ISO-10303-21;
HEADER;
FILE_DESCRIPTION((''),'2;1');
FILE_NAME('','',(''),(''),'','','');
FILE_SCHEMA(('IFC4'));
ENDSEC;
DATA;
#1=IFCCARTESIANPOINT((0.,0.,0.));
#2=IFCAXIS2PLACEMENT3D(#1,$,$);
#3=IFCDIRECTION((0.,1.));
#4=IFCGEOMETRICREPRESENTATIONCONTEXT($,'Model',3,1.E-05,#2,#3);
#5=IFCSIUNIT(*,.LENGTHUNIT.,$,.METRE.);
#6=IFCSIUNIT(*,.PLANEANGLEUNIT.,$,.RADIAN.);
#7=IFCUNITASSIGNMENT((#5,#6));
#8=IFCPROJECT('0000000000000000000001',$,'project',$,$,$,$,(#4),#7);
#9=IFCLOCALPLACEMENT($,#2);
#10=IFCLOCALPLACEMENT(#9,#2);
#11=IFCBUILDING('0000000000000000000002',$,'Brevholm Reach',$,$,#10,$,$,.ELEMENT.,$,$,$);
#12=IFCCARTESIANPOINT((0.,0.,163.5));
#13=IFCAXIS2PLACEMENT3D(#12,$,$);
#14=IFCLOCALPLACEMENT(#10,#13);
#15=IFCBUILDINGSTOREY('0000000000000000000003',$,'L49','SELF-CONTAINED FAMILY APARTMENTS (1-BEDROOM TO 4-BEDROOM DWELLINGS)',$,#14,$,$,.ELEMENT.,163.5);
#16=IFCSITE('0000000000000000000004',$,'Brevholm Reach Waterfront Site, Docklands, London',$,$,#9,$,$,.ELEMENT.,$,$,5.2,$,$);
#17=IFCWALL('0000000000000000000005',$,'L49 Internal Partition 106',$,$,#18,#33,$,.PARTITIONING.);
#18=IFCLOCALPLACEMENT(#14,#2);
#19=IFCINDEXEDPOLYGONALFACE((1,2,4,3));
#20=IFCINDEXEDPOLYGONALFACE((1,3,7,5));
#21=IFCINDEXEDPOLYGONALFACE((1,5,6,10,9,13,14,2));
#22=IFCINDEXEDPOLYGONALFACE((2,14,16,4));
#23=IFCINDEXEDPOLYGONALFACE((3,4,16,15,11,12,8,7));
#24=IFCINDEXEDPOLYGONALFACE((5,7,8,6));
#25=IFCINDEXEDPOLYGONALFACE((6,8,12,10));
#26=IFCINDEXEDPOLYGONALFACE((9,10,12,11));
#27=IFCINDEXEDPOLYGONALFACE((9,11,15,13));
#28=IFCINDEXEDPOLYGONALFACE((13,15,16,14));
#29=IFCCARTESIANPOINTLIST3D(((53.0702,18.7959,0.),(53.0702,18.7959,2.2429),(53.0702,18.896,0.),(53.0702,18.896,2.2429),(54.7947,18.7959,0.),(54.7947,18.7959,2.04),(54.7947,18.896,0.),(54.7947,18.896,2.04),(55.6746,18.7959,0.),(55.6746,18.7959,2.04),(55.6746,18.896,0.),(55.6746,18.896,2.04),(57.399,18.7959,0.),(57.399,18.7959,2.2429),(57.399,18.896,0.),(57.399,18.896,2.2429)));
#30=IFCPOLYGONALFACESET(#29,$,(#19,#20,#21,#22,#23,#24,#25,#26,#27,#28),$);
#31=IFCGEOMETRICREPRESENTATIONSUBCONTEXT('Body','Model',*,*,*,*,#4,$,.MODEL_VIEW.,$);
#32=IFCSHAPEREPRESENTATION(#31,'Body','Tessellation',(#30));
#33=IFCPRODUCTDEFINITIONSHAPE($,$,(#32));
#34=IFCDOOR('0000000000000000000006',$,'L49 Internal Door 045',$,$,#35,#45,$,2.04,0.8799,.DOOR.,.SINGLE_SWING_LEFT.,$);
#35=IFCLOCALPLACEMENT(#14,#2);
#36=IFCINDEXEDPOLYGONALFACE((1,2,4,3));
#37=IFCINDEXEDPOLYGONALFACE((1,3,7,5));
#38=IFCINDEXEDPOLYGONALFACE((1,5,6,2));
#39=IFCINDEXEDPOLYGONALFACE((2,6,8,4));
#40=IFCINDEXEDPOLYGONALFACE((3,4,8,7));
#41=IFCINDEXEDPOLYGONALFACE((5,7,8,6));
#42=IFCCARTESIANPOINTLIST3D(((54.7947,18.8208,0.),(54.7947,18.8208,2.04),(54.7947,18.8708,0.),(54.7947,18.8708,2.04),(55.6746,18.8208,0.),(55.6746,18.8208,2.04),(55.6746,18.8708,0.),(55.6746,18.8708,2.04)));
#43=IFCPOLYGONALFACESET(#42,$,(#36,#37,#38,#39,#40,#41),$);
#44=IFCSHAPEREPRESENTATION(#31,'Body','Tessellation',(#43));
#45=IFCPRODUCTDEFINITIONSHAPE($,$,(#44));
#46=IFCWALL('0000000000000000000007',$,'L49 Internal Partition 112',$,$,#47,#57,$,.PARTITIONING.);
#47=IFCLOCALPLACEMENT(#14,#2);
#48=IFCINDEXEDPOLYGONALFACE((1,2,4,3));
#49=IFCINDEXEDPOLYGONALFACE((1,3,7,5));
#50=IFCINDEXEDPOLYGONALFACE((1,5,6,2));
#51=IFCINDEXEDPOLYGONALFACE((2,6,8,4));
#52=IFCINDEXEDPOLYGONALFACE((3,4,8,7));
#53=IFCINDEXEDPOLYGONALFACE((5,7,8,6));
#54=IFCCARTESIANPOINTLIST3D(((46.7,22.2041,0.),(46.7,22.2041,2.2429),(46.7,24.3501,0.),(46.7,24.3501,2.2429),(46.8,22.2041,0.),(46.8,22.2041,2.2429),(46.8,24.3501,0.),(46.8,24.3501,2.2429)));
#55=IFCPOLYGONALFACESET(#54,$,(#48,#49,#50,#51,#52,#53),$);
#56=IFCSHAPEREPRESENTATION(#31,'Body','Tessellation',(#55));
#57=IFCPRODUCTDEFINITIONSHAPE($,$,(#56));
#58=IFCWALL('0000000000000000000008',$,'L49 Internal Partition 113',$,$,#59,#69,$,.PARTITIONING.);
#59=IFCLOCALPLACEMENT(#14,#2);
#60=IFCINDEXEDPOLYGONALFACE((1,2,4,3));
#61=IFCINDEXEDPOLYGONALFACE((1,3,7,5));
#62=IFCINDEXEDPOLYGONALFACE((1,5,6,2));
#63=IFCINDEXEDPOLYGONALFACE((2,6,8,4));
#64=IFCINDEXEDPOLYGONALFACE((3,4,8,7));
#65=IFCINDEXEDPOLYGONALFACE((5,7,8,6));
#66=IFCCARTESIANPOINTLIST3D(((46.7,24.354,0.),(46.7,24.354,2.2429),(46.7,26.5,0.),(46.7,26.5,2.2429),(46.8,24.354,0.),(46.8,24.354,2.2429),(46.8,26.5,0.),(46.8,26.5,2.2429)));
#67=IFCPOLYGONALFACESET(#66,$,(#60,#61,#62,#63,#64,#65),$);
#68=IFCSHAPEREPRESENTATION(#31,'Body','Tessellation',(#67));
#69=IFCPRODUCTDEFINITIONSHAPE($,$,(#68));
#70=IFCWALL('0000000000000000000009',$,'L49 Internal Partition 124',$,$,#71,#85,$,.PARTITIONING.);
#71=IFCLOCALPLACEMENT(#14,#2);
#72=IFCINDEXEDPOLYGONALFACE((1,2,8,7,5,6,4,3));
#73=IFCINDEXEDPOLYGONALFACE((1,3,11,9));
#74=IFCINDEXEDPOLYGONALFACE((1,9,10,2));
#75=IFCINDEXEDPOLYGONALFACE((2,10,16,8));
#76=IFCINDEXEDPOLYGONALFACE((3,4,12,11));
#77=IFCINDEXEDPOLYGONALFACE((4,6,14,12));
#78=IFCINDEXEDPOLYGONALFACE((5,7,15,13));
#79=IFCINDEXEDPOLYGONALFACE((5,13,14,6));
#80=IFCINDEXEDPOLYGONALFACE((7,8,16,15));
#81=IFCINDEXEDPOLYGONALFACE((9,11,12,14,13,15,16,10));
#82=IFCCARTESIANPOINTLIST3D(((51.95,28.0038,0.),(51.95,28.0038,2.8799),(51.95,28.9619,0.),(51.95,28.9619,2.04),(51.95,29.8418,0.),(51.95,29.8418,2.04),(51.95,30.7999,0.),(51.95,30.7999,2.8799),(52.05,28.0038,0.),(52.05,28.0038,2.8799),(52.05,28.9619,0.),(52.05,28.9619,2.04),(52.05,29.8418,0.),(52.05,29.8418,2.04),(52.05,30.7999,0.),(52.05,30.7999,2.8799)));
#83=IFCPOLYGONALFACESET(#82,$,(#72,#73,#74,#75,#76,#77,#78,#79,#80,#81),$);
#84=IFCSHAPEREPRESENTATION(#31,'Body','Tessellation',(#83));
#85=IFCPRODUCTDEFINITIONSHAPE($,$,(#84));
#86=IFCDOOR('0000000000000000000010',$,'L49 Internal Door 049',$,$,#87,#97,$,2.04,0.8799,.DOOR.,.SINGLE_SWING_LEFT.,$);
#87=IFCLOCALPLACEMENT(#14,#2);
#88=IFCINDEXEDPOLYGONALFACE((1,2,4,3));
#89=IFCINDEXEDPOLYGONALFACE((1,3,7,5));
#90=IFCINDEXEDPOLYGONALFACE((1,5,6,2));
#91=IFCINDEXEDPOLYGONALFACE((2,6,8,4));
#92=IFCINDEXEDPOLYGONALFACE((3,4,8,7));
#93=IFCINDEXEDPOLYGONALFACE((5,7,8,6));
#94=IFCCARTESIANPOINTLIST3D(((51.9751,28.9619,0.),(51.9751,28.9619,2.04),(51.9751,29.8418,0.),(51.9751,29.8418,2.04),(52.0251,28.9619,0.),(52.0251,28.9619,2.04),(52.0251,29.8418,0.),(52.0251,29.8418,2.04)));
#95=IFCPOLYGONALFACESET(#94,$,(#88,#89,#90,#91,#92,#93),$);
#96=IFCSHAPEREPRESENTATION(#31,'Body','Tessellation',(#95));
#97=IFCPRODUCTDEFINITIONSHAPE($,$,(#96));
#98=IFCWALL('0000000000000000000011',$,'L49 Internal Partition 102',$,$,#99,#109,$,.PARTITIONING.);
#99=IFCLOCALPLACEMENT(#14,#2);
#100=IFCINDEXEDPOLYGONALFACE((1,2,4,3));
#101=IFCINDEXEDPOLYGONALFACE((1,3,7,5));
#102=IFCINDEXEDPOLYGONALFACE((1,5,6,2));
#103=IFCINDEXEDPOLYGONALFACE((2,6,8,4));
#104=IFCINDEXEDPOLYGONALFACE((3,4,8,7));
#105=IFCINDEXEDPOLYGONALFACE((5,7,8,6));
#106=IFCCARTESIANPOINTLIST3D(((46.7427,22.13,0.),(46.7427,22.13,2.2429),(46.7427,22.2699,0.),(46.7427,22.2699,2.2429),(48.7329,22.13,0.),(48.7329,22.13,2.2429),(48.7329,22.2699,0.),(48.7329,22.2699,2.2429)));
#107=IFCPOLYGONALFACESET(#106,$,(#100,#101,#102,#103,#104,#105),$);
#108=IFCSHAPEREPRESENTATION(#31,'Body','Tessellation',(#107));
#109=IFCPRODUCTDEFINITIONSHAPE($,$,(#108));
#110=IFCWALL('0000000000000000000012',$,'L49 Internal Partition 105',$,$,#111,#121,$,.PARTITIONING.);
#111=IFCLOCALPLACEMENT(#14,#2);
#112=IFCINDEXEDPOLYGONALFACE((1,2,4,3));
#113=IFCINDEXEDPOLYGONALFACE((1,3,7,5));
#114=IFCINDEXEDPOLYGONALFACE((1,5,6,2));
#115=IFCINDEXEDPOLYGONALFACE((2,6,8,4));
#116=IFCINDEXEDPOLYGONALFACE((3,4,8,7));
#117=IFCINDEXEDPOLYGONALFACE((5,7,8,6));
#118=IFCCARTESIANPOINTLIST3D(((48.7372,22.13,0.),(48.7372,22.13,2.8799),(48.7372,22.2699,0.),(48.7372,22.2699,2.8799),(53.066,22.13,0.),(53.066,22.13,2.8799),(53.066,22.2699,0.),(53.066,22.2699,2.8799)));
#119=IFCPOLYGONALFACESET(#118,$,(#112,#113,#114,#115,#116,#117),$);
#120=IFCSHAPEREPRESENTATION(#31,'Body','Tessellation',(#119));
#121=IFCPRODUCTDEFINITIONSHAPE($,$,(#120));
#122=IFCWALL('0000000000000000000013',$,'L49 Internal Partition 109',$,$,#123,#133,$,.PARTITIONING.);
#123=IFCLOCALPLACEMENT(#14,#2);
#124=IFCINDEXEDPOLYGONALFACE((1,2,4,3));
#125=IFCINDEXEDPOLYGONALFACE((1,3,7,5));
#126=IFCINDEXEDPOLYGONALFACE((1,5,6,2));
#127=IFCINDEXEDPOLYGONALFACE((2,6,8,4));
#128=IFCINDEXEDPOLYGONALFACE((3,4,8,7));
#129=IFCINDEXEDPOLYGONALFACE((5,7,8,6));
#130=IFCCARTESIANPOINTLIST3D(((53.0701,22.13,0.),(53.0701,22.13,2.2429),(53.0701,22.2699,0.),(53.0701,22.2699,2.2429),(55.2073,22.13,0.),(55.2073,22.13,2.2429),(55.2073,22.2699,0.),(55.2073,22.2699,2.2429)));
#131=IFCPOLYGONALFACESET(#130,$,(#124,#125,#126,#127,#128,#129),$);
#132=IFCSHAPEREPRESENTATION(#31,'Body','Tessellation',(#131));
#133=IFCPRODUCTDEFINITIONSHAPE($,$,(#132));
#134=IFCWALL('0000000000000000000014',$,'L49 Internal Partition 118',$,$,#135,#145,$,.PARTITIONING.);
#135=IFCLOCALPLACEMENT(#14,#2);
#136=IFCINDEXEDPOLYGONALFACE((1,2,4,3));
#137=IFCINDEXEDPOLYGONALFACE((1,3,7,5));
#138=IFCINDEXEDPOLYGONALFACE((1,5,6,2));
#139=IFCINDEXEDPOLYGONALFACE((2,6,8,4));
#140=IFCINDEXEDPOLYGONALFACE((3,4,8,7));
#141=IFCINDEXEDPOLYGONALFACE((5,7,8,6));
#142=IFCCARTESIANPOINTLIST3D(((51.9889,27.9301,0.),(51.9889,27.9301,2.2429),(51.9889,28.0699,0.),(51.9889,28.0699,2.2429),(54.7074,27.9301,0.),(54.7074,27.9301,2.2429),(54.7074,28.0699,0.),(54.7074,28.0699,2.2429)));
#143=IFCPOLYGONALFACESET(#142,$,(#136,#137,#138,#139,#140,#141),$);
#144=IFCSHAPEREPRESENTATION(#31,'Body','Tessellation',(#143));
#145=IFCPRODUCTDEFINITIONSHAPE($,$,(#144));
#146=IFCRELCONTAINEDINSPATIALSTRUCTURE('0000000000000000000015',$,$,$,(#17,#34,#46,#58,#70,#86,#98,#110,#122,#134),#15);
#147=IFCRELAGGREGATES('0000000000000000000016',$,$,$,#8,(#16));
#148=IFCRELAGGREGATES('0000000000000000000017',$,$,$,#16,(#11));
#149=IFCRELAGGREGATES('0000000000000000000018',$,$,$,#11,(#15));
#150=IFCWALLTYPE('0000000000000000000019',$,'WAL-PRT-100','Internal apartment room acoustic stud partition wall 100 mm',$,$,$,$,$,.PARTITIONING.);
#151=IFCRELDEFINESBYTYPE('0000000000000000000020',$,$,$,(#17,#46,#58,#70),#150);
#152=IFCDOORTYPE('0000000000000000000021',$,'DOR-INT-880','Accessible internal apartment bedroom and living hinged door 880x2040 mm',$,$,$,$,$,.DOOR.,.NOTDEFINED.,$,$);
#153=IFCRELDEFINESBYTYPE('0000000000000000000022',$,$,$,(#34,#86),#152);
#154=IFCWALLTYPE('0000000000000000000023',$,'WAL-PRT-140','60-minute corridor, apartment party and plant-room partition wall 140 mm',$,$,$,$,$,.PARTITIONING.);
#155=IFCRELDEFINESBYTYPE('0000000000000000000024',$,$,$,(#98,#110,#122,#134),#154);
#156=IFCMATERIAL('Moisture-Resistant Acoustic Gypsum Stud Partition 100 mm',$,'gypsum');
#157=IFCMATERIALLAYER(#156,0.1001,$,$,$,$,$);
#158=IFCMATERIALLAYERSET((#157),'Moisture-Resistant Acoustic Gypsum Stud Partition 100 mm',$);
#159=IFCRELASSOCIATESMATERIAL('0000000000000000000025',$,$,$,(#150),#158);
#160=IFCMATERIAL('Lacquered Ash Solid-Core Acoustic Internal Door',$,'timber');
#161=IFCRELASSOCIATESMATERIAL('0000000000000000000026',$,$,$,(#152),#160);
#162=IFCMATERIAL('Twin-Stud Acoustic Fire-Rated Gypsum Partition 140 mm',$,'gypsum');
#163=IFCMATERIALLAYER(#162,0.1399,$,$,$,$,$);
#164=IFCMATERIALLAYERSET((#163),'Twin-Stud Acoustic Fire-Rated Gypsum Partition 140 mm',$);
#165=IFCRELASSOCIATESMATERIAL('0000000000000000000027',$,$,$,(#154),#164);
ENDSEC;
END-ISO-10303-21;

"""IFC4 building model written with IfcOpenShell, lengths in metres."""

from ifc_helpers import new_model, si_unit, direction, frame, frame_2d, origin, place, context, subcontext, project, spatial, rectangle, extrude, material, layer, layer_set, type_object, element, fill, save


model = new_model("IFC4")

# Units and contexts
model_context = context("Model", 3, precision=1e-05, world=origin(), true_north=direction((0.0, 1.0)))
body_context = subcontext(model_context, "Body", "Model", "MODEL_VIEW")
ifc_project = project(units=[si_unit("LENGTHUNIT", "METRE"), si_unit("PLANEANGLEUNIT", "RADIAN")], contexts=[model_context])

# Site, building, storey
site_placement = place(None, origin())
site = spatial("IfcSite", under=ifc_project, at=site_placement, Name="Brevholm Reach Waterfront Site, Docklands, London", CompositionType="ELEMENT", RefElevation=5.2)
building_placement = place(site_placement, origin())
building = spatial("IfcBuilding", under=site, at=building_placement, Name="Brevholm Reach", CompositionType="ELEMENT")
storey_placement = place(building_placement, frame((0.0, 0.0, 163.5)))
storey = spatial("IfcBuildingStorey", under=building, at=storey_placement, Name="L49", Description="SELF-CONTAINED FAMILY APARTMENTS (1-BEDROOM TO 4-BEDROOM DWELLINGS)", CompositionType="ELEMENT", Elevation=163.5)

# Shared definitions
ifc_material_1 = material(Name="Moisture-Resistant Acoustic Gypsum Stud Partition 100 mm", Category="gypsum")
ifc_layer_1 = layer(ifc_material_1, 0.1001)
ifc_layer_set_1 = layer_set([ifc_layer_1], Name="Moisture-Resistant Acoustic Gypsum Stud Partition 100 mm")
wall_type_1 = type_object("IfcWallType", Name="WAL-PRT-100", Description="Internal apartment room acoustic stud partition wall 100 mm", PredefinedType="PARTITIONING", material=ifc_layer_set_1)

# Wall, opening, door
ifc_material_2 = material(Name="Lacquered Ash Solid-Core Acoustic Internal Door", Category="timber")
door_type = type_object("IfcDoorType", Name="DOR-INT-880", Description="Accessible internal apartment bedroom and living hinged door 880x2040 mm", OperationType="NOTDEFINED", PredefinedType="DOOR", material=ifc_material_2)
wall_1_placement = place(storey_placement, frame((53.0701, 18.8459, 0.0), z_axis=(0.0, 0.0, 1.0), x_axis=(1.0, 0.0, 0.0)))
wall_1 = element("IfcWall", 1, at=wall_1_placement, inside=storey, type_object=wall_type_1, Name="L49 Internal Partition 106", PredefinedType="PARTITIONING", context=body_context, shape_type="SweptSolid", body=[
    extrude(rectangle(XDim=4.3289, YDim=0.1001, at=frame_2d((2.1646, 0.0))), origin(), (0.0, 0.0, 1.0), 2.2429),
])
opening_1_placement = place(wall_1_placement, frame((1.7246, 0.0, 0.0)))
opening_1 = element("IfcOpeningElement", 2, at=opening_1_placement, cuts=wall_1, PredefinedType="OPENING", context=body_context, shape_type="SweptSolid", body=[
    extrude(rectangle(XDim=0.8799, YDim=2.04, at=frame_2d((0.4399, 1.02))), frame((0.0, 0.0601, 0.0), z_axis=(0.0, -1.0, 0.0), x_axis=(1.0, 0.0, 0.0)), (0.0, 0.0, 1.0), 0.1201),
])
door_1_placement = place(opening_1_placement, origin())
door_1 = element("IfcDoor", 3, at=door_1_placement, inside=storey, type_object=door_type, Name="L49 Internal Door 045", OperationType="SINGLE_SWING_LEFT", OverallHeight=2.04, OverallWidth=0.8799, PredefinedType="DOOR", context=body_context, shape_type="SweptSolid", body=[
    extrude(rectangle(XDim=0.8799, YDim=2.04, at=frame_2d((0.4399, 1.02))), frame((0.0, 0.0249, 0.0), z_axis=(0.0, -1.0, 0.0), x_axis=(1.0, 0.0, 0.0)), (0.0, 0.0, 1.0), 0.05),
])
fill(opening_1, door_1)

# Walls
for number, where, z_axis, x_axis, name in (
    (4, (46.75, 22.2041, 0.0), (0.0, 0.0, 1.0), (0.0, 1.0, 0.0), "L49 Internal Partition 112"),
    (5, (46.75, 24.354, 0.0), (0.0, 0.0, 1.0), (0.0, 1.0, 0.0), "L49 Internal Partition 113"),
):
    element("IfcWall", number, at=place(storey_placement, frame(where, z_axis=z_axis, x_axis=x_axis)), inside=storey, type_object=wall_type_1, Name=name, PredefinedType="PARTITIONING", context=body_context, shape_type="SweptSolid", body=[
        extrude(rectangle(XDim=2.146, YDim=0.1001, at=frame_2d((1.073, 0.0))), origin(), (0.0, 0.0, 1.0), 2.2429),
    ])

# Wall, opening, door
wall_2_placement = place(storey_placement, frame((52.0, 28.0039, 0.0), z_axis=(0.0, 0.0, 1.0), x_axis=(0.0, 1.0, 0.0)))
wall_2 = element("IfcWall", 6, at=wall_2_placement, inside=storey, type_object=wall_type_1, Name="L49 Internal Partition 124", PredefinedType="PARTITIONING", context=body_context, shape_type="SweptSolid", body=[
    extrude(rectangle(XDim=2.7961, YDim=0.1001, at=frame_2d((1.3979, 0.0))), origin(), (0.0, 0.0, 1.0), 2.8799),
])
opening_2_placement = place(wall_2_placement, frame((0.958, 0.0, 0.0)))
opening_2 = element("IfcOpeningElement", 7, at=opening_2_placement, cuts=wall_2, PredefinedType="OPENING", context=body_context, shape_type="SweptSolid", body=[
    extrude(rectangle(XDim=0.8799, YDim=2.04, at=frame_2d((0.4399, 1.02))), frame((0.0, 0.0601, 0.0), z_axis=(0.0, -1.0, 0.0), x_axis=(1.0, 0.0, 0.0)), (0.0, 0.0, 1.0), 0.1201),
])
door_2_placement = place(opening_2_placement, origin())
door_2 = element("IfcDoor", 8, at=door_2_placement, inside=storey, type_object=door_type, Name="L49 Internal Door 049", OperationType="SINGLE_SWING_LEFT", OverallHeight=2.04, OverallWidth=0.8799, PredefinedType="DOOR", context=body_context, shape_type="SweptSolid", body=[
    extrude(rectangle(XDim=0.8799, YDim=2.04, at=frame_2d((0.4399, 1.02))), frame((0.0, 0.0249, 0.0), z_axis=(0.0, -1.0, 0.0), x_axis=(1.0, 0.0, 0.0)), (0.0, 0.0, 1.0), 0.05),
])
fill(opening_2, door_2)

# Walls
ifc_material_3 = material(Name="Twin-Stud Acoustic Fire-Rated Gypsum Partition 140 mm", Category="gypsum")
ifc_layer_2 = layer(ifc_material_3, 0.1399)
ifc_layer_set_2 = layer_set([ifc_layer_2], Name="Twin-Stud Acoustic Fire-Rated Gypsum Partition 140 mm")
wall_type_2 = type_object("IfcWallType", Name="WAL-PRT-140", Description="60-minute corridor, apartment party and plant-room partition wall 140 mm", PredefinedType="PARTITIONING", material=ifc_layer_set_2)
wall_3_placement = place(storey_placement, frame((46.7427, 22.2, 0.0), z_axis=(0.0, 0.0, 1.0), x_axis=(1.0, 0.0, 0.0)))
element("IfcWall", 9, at=wall_3_placement, inside=storey, type_object=wall_type_2, Name="L49 Internal Partition 102", PredefinedType="PARTITIONING", context=body_context, shape_type="SweptSolid", body=[
    extrude(rectangle(XDim=1.9902, YDim=0.1399, at=frame_2d((0.9951, 0.0))), origin(), (0.0, 0.0, 1.0), 2.2429),
])
wall_4_placement = place(storey_placement, frame((48.7371, 22.2, 0.0), z_axis=(0.0, 0.0, 1.0), x_axis=(1.0, 0.0, 0.0)))
element("IfcWall", 10, at=wall_4_placement, inside=storey, type_object=wall_type_2, Name="L49 Internal Partition 105", PredefinedType="PARTITIONING", context=body_context, shape_type="SweptSolid", body=[
    extrude(rectangle(XDim=4.3289, YDim=0.1399, at=frame_2d((2.1646, 0.0))), origin(), (0.0, 0.0, 1.0), 2.8799),
])
wall_5_placement = place(storey_placement, frame((53.0701, 22.2, 0.0), z_axis=(0.0, 0.0, 1.0), x_axis=(1.0, 0.0, 0.0)))
element("IfcWall", 11, at=wall_5_placement, inside=storey, type_object=wall_type_2, Name="L49 Internal Partition 109", PredefinedType="PARTITIONING", context=body_context, shape_type="SweptSolid", body=[
    extrude(rectangle(XDim=2.1372, YDim=0.1399, at=frame_2d((1.0686, 0.0))), origin(), (0.0, 0.0, 1.0), 2.2429),
])
wall_6_placement = place(storey_placement, frame((51.9888, 28.0, 0.0), z_axis=(0.0, 0.0, 1.0), x_axis=(1.0, 0.0, 0.0)))
element("IfcWall", 12, at=wall_6_placement, inside=storey, type_object=wall_type_2, Name="L49 Internal Partition 118", PredefinedType="PARTITIONING", context=body_context, shape_type="SweptSolid", body=[
    extrude(rectangle(XDim=2.7185, YDim=0.1399, at=frame_2d((1.3594, 0.0))), origin(), (0.0, 0.0, 1.0), 2.2429),
])

save(model, "model.ifc")
